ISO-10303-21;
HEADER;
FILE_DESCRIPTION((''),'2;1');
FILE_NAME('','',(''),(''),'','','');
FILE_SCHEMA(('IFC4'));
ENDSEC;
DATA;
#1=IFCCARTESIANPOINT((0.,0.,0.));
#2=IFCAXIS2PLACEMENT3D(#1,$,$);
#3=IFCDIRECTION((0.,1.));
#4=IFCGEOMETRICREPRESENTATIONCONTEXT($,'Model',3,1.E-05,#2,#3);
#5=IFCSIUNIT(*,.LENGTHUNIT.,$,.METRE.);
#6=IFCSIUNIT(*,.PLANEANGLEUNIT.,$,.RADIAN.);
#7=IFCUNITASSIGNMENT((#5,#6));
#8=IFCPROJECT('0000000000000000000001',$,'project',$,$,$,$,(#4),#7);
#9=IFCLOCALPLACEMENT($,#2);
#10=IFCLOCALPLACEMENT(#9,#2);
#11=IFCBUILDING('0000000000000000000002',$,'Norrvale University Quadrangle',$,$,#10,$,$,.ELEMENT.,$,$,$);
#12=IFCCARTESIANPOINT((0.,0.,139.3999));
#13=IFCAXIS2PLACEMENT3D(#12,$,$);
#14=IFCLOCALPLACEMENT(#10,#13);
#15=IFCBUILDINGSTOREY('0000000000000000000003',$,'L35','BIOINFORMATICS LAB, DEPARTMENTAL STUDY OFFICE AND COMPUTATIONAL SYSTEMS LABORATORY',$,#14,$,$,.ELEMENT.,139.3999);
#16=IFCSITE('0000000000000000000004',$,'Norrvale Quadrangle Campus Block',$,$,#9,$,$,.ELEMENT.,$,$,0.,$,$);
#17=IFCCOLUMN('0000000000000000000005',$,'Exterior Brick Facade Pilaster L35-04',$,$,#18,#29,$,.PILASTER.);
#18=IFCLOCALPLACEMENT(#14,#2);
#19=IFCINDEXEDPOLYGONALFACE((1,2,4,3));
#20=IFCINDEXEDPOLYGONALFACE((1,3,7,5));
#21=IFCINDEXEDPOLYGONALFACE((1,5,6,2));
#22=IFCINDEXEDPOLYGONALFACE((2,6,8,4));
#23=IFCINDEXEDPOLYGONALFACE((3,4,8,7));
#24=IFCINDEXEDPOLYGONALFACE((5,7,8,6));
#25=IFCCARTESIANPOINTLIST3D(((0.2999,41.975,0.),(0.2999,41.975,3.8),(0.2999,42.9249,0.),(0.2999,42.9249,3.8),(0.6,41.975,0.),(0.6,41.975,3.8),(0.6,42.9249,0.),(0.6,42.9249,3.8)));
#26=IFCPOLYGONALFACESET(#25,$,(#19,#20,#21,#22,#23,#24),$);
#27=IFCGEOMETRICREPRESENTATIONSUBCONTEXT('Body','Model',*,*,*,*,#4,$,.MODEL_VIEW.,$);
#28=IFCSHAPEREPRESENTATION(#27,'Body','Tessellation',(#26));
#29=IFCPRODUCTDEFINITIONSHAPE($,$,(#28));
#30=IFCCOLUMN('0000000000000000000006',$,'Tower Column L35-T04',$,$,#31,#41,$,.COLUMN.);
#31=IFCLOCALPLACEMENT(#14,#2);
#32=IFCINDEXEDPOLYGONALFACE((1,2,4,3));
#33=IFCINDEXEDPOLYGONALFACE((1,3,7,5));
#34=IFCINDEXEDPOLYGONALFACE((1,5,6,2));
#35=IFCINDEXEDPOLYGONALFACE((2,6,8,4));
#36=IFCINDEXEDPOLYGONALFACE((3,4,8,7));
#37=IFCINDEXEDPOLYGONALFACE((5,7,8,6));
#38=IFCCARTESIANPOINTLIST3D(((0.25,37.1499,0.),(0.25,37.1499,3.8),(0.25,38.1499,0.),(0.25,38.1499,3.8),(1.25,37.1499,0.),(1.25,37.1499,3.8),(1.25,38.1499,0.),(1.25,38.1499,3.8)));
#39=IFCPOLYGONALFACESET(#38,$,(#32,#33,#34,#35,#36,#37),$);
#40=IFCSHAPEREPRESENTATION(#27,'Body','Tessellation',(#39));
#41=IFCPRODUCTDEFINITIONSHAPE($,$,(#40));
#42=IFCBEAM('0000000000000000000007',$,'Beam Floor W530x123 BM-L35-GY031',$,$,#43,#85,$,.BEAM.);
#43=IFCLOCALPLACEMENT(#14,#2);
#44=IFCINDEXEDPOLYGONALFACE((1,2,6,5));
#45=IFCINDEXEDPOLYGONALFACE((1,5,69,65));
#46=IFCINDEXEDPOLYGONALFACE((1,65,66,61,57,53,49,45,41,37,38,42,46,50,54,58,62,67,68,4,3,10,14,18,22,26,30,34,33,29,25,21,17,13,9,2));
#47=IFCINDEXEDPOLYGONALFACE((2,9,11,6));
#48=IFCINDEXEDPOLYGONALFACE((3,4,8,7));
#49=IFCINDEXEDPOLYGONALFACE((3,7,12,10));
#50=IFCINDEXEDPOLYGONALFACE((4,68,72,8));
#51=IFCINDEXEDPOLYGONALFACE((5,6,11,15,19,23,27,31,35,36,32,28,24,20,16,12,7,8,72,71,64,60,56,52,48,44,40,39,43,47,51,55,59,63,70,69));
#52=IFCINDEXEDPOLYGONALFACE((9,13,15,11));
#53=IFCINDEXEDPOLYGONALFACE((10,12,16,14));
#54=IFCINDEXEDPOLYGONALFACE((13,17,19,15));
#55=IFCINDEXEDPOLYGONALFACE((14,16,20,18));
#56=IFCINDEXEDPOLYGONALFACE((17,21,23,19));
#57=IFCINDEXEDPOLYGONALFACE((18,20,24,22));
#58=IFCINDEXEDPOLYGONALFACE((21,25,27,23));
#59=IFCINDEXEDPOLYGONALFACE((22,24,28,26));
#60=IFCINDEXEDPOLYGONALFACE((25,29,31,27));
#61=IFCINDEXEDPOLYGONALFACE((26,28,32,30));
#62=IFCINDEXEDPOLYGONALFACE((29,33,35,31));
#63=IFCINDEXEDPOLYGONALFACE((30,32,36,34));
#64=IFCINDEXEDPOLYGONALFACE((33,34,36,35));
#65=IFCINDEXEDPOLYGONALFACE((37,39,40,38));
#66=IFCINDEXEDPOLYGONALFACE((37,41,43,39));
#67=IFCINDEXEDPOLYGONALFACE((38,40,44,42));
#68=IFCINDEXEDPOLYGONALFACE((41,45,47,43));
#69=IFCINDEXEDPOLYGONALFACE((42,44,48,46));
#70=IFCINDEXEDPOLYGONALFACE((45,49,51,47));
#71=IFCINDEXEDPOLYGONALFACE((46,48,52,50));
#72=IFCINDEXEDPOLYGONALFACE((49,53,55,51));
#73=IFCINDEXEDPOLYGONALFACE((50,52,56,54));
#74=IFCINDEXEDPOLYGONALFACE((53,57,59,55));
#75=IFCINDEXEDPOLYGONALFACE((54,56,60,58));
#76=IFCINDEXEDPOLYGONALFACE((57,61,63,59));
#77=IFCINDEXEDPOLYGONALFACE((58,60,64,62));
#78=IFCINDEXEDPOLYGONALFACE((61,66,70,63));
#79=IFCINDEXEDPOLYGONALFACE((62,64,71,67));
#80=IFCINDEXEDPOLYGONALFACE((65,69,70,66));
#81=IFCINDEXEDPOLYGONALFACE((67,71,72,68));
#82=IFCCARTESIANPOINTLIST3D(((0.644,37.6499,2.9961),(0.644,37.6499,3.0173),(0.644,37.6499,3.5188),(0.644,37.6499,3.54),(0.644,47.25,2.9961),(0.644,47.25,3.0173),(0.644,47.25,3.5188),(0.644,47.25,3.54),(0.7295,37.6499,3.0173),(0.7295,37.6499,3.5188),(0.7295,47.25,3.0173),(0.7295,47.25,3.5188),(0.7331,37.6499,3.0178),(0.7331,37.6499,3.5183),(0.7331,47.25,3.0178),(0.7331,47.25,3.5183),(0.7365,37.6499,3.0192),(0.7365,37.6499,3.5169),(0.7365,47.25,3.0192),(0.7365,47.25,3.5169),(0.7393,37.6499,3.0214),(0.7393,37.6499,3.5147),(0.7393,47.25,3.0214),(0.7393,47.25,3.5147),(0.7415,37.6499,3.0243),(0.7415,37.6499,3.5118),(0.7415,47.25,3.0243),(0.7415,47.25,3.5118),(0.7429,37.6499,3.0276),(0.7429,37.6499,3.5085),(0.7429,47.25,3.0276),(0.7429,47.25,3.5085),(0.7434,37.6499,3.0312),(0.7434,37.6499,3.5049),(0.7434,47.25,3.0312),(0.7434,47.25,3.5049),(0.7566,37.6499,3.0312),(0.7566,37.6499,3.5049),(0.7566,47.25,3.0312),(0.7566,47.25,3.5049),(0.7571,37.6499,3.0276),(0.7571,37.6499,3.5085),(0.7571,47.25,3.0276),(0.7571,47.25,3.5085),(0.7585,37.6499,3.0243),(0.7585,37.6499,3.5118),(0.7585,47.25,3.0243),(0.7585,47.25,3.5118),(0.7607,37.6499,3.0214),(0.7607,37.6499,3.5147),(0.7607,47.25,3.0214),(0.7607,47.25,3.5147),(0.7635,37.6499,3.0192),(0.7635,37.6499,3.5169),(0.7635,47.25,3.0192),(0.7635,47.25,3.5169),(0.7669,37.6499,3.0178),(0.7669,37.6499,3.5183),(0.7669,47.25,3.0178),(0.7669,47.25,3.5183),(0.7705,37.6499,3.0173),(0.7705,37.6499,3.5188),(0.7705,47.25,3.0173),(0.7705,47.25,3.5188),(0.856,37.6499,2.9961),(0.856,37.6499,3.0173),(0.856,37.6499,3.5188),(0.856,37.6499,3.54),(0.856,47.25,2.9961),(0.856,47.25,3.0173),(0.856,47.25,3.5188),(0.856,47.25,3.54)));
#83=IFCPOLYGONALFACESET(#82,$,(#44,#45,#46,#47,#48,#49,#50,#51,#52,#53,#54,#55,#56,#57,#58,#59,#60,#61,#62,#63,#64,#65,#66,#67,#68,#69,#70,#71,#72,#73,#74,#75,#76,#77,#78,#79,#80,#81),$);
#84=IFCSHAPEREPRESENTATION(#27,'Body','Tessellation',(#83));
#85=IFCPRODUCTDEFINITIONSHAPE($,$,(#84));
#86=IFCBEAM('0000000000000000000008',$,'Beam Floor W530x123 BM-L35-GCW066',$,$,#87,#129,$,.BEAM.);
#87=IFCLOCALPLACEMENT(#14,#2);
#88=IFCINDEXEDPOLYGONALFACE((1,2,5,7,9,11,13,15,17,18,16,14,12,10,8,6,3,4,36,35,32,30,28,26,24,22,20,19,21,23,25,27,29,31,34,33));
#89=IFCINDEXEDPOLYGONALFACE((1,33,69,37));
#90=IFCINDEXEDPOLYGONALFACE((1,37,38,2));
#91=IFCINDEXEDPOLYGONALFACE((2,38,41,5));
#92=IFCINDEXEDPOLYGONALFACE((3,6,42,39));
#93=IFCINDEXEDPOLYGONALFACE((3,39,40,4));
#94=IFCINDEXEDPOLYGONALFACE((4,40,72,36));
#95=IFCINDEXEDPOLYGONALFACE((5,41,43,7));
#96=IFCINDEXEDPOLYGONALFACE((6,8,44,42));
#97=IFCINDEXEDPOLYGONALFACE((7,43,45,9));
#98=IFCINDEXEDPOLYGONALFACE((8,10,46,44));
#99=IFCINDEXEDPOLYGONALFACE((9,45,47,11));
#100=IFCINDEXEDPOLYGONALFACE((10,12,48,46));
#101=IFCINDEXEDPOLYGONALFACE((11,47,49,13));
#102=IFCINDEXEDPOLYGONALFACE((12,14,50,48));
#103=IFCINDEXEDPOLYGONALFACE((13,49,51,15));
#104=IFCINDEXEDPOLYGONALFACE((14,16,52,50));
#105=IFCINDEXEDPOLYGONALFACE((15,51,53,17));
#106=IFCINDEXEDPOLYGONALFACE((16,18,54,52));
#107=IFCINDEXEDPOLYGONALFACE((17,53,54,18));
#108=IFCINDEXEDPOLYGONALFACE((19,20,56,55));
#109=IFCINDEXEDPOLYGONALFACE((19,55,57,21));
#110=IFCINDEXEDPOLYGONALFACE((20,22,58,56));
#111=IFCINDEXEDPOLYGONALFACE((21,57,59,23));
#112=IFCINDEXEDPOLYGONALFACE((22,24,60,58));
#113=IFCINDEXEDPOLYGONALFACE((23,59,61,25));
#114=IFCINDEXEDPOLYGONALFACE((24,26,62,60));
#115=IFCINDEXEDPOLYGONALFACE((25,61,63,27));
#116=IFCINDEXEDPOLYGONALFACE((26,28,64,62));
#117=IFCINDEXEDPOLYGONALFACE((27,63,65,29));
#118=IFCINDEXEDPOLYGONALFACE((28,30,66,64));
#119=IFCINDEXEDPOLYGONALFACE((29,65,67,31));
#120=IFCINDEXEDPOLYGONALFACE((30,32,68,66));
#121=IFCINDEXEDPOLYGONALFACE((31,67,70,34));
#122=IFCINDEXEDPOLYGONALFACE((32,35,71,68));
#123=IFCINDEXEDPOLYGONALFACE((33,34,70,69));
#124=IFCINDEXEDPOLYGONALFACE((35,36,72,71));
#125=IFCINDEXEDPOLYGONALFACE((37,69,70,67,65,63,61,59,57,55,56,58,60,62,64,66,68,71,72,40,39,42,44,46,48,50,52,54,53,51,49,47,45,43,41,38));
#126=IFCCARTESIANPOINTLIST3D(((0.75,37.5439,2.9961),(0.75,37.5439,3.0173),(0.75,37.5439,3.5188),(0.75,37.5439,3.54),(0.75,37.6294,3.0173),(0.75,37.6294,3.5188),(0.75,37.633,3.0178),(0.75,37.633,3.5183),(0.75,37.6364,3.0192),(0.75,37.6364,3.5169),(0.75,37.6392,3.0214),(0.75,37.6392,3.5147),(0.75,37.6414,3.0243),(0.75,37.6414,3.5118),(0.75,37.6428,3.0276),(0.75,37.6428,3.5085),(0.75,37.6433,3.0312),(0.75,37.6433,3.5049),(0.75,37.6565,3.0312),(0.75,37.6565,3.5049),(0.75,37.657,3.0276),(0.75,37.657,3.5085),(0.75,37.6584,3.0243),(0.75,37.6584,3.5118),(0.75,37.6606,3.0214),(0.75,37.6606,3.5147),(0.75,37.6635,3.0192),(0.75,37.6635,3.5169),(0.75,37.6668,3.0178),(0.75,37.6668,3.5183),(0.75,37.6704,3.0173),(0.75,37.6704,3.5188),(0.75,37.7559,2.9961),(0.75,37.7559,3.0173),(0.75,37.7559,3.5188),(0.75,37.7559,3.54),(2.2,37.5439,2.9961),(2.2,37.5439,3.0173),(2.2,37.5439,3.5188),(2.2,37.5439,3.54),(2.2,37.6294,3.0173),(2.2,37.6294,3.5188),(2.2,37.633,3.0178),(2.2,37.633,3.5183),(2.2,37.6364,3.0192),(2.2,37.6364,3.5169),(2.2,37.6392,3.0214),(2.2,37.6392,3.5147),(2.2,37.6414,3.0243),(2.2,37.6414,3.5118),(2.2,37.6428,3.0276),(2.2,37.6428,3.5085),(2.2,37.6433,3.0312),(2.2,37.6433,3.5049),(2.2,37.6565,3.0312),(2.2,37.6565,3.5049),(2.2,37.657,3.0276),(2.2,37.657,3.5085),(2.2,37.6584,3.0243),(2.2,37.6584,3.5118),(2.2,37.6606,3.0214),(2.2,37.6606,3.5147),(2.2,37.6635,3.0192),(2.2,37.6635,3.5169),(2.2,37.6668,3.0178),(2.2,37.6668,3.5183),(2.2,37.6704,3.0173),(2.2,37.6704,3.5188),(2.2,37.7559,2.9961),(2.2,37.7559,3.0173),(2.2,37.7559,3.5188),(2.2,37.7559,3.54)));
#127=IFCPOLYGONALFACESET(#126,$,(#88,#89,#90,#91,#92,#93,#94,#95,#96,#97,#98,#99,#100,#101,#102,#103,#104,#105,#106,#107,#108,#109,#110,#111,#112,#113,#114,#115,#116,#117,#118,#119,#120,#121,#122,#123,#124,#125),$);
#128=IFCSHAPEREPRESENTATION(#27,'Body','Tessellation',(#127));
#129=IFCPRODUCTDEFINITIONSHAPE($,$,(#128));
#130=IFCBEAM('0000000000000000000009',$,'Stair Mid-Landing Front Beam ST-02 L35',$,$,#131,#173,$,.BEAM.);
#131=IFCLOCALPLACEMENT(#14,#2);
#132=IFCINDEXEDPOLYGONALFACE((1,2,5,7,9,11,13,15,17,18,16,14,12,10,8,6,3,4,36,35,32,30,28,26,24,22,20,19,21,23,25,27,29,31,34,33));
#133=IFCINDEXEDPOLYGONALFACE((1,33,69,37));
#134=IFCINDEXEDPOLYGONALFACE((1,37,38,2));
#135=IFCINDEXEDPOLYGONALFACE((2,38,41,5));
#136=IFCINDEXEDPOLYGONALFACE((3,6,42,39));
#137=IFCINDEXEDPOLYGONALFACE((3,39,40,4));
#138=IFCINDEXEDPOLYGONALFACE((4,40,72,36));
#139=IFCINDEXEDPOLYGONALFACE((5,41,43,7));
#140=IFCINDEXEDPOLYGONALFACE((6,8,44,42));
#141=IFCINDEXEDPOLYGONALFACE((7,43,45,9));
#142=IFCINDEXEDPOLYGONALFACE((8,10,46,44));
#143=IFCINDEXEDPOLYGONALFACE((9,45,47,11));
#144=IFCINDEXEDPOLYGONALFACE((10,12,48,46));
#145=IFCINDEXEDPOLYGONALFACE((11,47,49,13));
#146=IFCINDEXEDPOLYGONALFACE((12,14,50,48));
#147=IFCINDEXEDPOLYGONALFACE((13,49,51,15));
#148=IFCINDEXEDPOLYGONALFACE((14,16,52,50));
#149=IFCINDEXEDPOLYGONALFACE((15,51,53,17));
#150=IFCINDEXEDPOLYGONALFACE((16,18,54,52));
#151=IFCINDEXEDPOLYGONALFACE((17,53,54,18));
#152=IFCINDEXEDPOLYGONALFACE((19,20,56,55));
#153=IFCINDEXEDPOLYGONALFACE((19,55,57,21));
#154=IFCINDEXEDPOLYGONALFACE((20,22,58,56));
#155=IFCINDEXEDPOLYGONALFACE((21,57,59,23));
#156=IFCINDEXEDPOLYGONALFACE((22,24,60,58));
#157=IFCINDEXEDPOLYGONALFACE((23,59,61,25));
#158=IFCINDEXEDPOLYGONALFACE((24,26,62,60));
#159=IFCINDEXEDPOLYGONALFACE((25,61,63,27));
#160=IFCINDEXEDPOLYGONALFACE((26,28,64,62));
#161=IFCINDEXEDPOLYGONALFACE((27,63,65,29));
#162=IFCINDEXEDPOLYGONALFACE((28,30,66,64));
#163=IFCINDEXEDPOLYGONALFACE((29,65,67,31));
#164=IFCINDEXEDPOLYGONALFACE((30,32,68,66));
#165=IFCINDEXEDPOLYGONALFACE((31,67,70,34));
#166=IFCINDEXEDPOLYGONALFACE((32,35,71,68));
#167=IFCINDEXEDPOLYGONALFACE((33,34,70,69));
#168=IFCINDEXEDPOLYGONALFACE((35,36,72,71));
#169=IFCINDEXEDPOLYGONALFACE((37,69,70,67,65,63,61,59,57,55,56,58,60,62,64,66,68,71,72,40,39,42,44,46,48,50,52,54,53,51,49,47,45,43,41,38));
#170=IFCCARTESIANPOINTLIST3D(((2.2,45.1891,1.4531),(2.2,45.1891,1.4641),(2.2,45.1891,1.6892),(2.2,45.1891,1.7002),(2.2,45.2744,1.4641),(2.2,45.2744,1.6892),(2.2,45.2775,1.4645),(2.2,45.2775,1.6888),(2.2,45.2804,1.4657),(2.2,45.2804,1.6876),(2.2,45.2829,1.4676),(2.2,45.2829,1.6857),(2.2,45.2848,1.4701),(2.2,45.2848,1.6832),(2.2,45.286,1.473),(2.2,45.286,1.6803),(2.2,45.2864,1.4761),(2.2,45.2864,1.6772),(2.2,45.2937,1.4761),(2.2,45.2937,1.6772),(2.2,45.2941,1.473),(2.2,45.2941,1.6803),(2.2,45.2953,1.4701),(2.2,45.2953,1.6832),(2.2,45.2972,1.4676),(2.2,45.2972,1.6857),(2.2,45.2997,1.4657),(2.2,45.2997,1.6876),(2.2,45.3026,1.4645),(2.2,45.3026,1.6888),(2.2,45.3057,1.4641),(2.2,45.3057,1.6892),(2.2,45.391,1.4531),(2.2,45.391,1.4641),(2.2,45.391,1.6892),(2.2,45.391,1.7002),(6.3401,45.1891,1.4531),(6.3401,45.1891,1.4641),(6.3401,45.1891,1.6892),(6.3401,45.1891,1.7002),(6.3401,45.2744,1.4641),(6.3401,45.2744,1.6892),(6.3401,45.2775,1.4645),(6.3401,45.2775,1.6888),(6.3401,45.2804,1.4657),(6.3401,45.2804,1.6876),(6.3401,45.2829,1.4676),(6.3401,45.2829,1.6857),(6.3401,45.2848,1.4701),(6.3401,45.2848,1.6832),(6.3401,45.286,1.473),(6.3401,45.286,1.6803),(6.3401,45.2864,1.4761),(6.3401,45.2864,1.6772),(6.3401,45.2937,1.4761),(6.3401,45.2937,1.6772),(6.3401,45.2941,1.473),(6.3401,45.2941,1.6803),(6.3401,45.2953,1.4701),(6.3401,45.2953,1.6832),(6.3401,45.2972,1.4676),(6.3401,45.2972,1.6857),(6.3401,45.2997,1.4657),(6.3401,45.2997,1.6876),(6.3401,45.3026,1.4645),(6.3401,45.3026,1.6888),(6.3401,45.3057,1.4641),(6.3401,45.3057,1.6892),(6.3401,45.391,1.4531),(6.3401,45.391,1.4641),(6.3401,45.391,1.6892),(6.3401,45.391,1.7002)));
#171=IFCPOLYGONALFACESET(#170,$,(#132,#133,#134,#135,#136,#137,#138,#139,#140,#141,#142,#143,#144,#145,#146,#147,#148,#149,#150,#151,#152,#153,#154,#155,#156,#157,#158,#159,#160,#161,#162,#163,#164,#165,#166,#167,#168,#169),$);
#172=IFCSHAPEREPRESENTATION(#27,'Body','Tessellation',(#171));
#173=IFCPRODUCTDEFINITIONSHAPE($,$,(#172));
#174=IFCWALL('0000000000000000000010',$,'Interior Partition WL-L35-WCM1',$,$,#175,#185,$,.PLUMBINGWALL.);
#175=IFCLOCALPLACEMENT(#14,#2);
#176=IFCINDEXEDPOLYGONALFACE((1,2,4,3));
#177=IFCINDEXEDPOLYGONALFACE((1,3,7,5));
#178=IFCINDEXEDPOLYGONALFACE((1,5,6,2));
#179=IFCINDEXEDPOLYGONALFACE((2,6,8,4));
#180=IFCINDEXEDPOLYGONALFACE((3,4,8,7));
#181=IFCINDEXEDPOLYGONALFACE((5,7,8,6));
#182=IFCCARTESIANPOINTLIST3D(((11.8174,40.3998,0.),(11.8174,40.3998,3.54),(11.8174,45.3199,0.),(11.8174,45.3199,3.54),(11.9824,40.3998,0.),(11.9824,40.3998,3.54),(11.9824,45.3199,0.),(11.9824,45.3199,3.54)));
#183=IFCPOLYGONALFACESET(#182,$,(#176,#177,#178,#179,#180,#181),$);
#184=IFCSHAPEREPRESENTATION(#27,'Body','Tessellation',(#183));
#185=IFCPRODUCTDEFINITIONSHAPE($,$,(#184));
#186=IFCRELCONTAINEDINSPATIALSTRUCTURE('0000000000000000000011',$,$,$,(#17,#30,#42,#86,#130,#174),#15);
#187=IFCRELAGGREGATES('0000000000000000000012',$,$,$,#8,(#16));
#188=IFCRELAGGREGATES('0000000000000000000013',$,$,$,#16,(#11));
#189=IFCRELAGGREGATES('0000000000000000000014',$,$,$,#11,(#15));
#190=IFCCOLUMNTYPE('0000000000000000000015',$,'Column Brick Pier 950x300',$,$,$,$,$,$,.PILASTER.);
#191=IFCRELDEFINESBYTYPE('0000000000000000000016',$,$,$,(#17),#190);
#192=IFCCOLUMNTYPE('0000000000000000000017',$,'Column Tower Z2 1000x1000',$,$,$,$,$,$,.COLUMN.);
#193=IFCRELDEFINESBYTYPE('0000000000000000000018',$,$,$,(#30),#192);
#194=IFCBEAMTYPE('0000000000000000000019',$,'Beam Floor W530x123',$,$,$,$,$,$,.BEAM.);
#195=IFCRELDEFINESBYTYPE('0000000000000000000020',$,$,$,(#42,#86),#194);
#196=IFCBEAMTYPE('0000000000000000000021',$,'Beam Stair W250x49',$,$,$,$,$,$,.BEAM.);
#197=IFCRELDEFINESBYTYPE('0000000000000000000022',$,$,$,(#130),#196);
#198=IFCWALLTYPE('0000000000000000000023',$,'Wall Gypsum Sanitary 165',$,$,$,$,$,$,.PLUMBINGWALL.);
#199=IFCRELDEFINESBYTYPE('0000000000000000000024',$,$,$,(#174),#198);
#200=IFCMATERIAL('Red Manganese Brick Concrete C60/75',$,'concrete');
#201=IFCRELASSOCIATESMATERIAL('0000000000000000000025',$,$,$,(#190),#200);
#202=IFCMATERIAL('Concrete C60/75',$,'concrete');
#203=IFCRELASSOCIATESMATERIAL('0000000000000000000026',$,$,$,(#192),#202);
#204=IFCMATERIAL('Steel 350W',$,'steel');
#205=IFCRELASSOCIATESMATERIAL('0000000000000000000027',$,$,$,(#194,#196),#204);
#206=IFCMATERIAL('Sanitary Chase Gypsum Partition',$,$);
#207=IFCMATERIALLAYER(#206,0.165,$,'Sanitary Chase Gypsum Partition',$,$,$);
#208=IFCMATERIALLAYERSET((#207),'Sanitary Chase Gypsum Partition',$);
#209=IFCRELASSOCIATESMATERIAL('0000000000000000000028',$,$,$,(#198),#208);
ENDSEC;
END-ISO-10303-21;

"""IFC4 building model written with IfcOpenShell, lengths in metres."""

from ifc_helpers import new_model, si_unit, direction, frame, frame_2d, origin, origin_2d, place, context, subcontext, project, spatial, rectangle, i_section, extrude, material, layer, layer_set, material_profile, profile_set, type_object, element, save


model = new_model("IFC4")

# Units and contexts
model_context = context("Model", 3, precision=1e-05, world=origin(), true_north=direction((0.0, 1.0)))
body_context = subcontext(model_context, "Body", "Model", "MODEL_VIEW")
ifc_project = project(units=[si_unit("LENGTHUNIT", "METRE"), si_unit("PLANEANGLEUNIT", "RADIAN")], contexts=[model_context])

# Site, building, storey
site_placement = place(None, origin())
site = spatial("IfcSite", under=ifc_project, at=site_placement, Name="Norrvale Quadrangle Campus Block", CompositionType="ELEMENT", RefElevation=0.0)
building_placement = place(site_placement, origin())
building = spatial("IfcBuilding", under=site, at=building_placement, Name="Norrvale University Quadrangle", CompositionType="ELEMENT")
storey_placement = place(building_placement, frame((0.0, 0.0, 139.3999)))
storey = spatial("IfcBuildingStorey", under=building, at=storey_placement, Name="L35", Description="BIOINFORMATICS LAB, DEPARTMENTAL STUDY OFFICE AND COMPUTATIONAL SYSTEMS LABORATORY", CompositionType="ELEMENT", Elevation=139.3999)

# Columns
ifc_material_1 = material(Name="Red Manganese Brick Concrete C60/75", Category="concrete")
ifc_material_profile_1 = material_profile(ifc_material_1, rectangle(XDim=0.95, YDim=0.3, at=origin_2d()), Name="Red Manganese Brick Concrete C60/75")
ifc_profile_set_1 = profile_set([ifc_material_profile_1], Name="Red Manganese Brick Concrete C60/75")
column_type_1 = type_object("IfcColumnType", Name="Column Brick Pier 950x300", PredefinedType="PILASTER", material=ifc_profile_set_1)
column_1_placement = place(storey_placement, frame((0.45, 42.45, 0.0), z_axis=(0.0, 0.0, 1.0), x_axis=(0.0, 1.0, 0.0)))
element("IfcColumn", 1, at=column_1_placement, inside=storey, type_object=column_type_1, Name="Exterior Brick Facade Pilaster L35-04", PredefinedType="PILASTER", context=body_context, shape_type="SweptSolid", body=[
    extrude(rectangle(XDim=0.95, YDim=0.3, at=origin_2d()), origin(), (0.0, 0.0, 1.0), 3.8),
])
ifc_material_2 = material(Name="Concrete C60/75", Category="concrete")
ifc_material_profile_2 = material_profile(ifc_material_2, rectangle(XDim=1.0, YDim=1.0, at=origin_2d()), Name="Concrete C60/75")
ifc_profile_set_2 = profile_set([ifc_material_profile_2], Name="Concrete C60/75")
column_type_2 = type_object("IfcColumnType", Name="Column Tower Z2 1000x1000", PredefinedType="COLUMN", material=ifc_profile_set_2)
column_2_placement = place(storey_placement, frame((0.75, 37.6499, 0.0), z_axis=(0.0, 0.0, 1.0), x_axis=(1.0, 0.0, 0.0)))
element("IfcColumn", 2, at=column_2_placement, inside=storey, type_object=column_type_2, Name="Tower Column L35-T04", PredefinedType="COLUMN", context=body_context, shape_type="SweptSolid", body=[
    extrude(rectangle(XDim=1.0, YDim=1.0, at=origin_2d()), origin(), (0.0, 0.0, 1.0), 3.8),
])

# Beams
ifc_material_3 = material(Name="Steel 350W", Category="steel")
ifc_material_profile_3 = material_profile(ifc_material_3, i_section(OverallWidth=0.2119, OverallDepth=0.5439, WebThickness=0.0132, FlangeThickness=0.0212, FilletRadius=0.0139, at=origin_2d()), Name="Steel 350W")
ifc_profile_set_3 = profile_set([ifc_material_profile_3], Name="Steel 350W")
beam_type_1 = type_object("IfcBeamType", Name="Beam Floor W530x123", PredefinedType="BEAM", material=ifc_profile_set_3)
beam_1_placement = place(storey_placement, frame((0.75, 37.6499, 3.2681), z_axis=(0.0, 1.0, 0.0), x_axis=(-1.0, 0.0, 0.0)))
element("IfcBeam", 3, at=beam_1_placement, inside=storey, type_object=beam_type_1, Name="Beam Floor W530x123 BM-L35-GY031", PredefinedType="BEAM", context=body_context, shape_type="SweptSolid", body=[
    extrude(i_section(OverallWidth=0.2119, OverallDepth=0.5439, WebThickness=0.0132, FlangeThickness=0.0212, FilletRadius=0.0139, at=origin_2d()), origin(), (0.0, 0.0, 1.0), 9.6001),
])
beam_2_placement = place(storey_placement, frame((0.75, 37.6499, 3.2681), z_axis=(1.0, 0.0, 0.0), x_axis=(0.0, 1.0, 0.0)))
element("IfcBeam", 4, at=beam_2_placement, inside=storey, type_object=beam_type_1, Name="Beam Floor W530x123 BM-L35-GCW066", PredefinedType="BEAM", context=body_context, shape_type="SweptSolid", body=[
    extrude(i_section(OverallWidth=0.2119, OverallDepth=0.5439, WebThickness=0.0132, FlangeThickness=0.0212, FilletRadius=0.0139, at=origin_2d()), origin(), (0.0, 0.0, 1.0), 1.45),
])
ifc_material_profile_4 = material_profile(ifc_material_3, i_section(OverallWidth=0.2019, OverallDepth=0.2471, WebThickness=0.0073, FlangeThickness=0.011, FilletRadius=0.012, at=origin_2d()), Name="Steel 350W")
ifc_profile_set_4 = profile_set([ifc_material_profile_4], Name="Steel 350W")
beam_type_2 = type_object("IfcBeamType", Name="Beam Stair W250x49", PredefinedType="BEAM", material=ifc_profile_set_4)
beam_3_placement = place(storey_placement, frame((2.2, 45.29, 1.5767), z_axis=(1.0, 0.0, 0.0), x_axis=(0.0, 1.0, 0.0)))
element("IfcBeam", 5, at=beam_3_placement, inside=storey, type_object=beam_type_2, Name="Stair Mid-Landing Front Beam ST-02 L35", PredefinedType="BEAM", context=body_context, shape_type="SweptSolid", body=[
    extrude(i_section(OverallWidth=0.2019, OverallDepth=0.2471, WebThickness=0.0073, FlangeThickness=0.011, FilletRadius=0.012, at=origin_2d()), origin(), (0.0, 0.0, 1.0), 4.1401),
])

# Wall
ifc_material_4 = material(Name="Sanitary Chase Gypsum Partition")
ifc_layer_1 = layer(ifc_material_4, 0.165, Name="Sanitary Chase Gypsum Partition")
ifc_layer_set_1 = layer_set([ifc_layer_1], Name="Sanitary Chase Gypsum Partition")
wall_type_1 = type_object("IfcWallType", Name="Wall Gypsum Sanitary 165", PredefinedType="PLUMBINGWALL", material=ifc_layer_set_1)
wall_1_placement = place(storey_placement, frame((11.8999, 40.3999, 0.0), z_axis=(0.0, 0.0, 1.0), x_axis=(0.0, 1.0, 0.0)))
element("IfcWall", 6, at=wall_1_placement, inside=storey, type_object=wall_type_1, Name="Interior Partition WL-L35-WCM1", PredefinedType="PLUMBINGWALL", context=body_context, shape_type="SweptSolid", body=[
    extrude(rectangle(XDim=4.9202, YDim=0.165, at=frame_2d((2.46, 0.0))), origin(), (0.0, 0.0, 1.0), 3.54),
])

save(model, "model.ifc")
